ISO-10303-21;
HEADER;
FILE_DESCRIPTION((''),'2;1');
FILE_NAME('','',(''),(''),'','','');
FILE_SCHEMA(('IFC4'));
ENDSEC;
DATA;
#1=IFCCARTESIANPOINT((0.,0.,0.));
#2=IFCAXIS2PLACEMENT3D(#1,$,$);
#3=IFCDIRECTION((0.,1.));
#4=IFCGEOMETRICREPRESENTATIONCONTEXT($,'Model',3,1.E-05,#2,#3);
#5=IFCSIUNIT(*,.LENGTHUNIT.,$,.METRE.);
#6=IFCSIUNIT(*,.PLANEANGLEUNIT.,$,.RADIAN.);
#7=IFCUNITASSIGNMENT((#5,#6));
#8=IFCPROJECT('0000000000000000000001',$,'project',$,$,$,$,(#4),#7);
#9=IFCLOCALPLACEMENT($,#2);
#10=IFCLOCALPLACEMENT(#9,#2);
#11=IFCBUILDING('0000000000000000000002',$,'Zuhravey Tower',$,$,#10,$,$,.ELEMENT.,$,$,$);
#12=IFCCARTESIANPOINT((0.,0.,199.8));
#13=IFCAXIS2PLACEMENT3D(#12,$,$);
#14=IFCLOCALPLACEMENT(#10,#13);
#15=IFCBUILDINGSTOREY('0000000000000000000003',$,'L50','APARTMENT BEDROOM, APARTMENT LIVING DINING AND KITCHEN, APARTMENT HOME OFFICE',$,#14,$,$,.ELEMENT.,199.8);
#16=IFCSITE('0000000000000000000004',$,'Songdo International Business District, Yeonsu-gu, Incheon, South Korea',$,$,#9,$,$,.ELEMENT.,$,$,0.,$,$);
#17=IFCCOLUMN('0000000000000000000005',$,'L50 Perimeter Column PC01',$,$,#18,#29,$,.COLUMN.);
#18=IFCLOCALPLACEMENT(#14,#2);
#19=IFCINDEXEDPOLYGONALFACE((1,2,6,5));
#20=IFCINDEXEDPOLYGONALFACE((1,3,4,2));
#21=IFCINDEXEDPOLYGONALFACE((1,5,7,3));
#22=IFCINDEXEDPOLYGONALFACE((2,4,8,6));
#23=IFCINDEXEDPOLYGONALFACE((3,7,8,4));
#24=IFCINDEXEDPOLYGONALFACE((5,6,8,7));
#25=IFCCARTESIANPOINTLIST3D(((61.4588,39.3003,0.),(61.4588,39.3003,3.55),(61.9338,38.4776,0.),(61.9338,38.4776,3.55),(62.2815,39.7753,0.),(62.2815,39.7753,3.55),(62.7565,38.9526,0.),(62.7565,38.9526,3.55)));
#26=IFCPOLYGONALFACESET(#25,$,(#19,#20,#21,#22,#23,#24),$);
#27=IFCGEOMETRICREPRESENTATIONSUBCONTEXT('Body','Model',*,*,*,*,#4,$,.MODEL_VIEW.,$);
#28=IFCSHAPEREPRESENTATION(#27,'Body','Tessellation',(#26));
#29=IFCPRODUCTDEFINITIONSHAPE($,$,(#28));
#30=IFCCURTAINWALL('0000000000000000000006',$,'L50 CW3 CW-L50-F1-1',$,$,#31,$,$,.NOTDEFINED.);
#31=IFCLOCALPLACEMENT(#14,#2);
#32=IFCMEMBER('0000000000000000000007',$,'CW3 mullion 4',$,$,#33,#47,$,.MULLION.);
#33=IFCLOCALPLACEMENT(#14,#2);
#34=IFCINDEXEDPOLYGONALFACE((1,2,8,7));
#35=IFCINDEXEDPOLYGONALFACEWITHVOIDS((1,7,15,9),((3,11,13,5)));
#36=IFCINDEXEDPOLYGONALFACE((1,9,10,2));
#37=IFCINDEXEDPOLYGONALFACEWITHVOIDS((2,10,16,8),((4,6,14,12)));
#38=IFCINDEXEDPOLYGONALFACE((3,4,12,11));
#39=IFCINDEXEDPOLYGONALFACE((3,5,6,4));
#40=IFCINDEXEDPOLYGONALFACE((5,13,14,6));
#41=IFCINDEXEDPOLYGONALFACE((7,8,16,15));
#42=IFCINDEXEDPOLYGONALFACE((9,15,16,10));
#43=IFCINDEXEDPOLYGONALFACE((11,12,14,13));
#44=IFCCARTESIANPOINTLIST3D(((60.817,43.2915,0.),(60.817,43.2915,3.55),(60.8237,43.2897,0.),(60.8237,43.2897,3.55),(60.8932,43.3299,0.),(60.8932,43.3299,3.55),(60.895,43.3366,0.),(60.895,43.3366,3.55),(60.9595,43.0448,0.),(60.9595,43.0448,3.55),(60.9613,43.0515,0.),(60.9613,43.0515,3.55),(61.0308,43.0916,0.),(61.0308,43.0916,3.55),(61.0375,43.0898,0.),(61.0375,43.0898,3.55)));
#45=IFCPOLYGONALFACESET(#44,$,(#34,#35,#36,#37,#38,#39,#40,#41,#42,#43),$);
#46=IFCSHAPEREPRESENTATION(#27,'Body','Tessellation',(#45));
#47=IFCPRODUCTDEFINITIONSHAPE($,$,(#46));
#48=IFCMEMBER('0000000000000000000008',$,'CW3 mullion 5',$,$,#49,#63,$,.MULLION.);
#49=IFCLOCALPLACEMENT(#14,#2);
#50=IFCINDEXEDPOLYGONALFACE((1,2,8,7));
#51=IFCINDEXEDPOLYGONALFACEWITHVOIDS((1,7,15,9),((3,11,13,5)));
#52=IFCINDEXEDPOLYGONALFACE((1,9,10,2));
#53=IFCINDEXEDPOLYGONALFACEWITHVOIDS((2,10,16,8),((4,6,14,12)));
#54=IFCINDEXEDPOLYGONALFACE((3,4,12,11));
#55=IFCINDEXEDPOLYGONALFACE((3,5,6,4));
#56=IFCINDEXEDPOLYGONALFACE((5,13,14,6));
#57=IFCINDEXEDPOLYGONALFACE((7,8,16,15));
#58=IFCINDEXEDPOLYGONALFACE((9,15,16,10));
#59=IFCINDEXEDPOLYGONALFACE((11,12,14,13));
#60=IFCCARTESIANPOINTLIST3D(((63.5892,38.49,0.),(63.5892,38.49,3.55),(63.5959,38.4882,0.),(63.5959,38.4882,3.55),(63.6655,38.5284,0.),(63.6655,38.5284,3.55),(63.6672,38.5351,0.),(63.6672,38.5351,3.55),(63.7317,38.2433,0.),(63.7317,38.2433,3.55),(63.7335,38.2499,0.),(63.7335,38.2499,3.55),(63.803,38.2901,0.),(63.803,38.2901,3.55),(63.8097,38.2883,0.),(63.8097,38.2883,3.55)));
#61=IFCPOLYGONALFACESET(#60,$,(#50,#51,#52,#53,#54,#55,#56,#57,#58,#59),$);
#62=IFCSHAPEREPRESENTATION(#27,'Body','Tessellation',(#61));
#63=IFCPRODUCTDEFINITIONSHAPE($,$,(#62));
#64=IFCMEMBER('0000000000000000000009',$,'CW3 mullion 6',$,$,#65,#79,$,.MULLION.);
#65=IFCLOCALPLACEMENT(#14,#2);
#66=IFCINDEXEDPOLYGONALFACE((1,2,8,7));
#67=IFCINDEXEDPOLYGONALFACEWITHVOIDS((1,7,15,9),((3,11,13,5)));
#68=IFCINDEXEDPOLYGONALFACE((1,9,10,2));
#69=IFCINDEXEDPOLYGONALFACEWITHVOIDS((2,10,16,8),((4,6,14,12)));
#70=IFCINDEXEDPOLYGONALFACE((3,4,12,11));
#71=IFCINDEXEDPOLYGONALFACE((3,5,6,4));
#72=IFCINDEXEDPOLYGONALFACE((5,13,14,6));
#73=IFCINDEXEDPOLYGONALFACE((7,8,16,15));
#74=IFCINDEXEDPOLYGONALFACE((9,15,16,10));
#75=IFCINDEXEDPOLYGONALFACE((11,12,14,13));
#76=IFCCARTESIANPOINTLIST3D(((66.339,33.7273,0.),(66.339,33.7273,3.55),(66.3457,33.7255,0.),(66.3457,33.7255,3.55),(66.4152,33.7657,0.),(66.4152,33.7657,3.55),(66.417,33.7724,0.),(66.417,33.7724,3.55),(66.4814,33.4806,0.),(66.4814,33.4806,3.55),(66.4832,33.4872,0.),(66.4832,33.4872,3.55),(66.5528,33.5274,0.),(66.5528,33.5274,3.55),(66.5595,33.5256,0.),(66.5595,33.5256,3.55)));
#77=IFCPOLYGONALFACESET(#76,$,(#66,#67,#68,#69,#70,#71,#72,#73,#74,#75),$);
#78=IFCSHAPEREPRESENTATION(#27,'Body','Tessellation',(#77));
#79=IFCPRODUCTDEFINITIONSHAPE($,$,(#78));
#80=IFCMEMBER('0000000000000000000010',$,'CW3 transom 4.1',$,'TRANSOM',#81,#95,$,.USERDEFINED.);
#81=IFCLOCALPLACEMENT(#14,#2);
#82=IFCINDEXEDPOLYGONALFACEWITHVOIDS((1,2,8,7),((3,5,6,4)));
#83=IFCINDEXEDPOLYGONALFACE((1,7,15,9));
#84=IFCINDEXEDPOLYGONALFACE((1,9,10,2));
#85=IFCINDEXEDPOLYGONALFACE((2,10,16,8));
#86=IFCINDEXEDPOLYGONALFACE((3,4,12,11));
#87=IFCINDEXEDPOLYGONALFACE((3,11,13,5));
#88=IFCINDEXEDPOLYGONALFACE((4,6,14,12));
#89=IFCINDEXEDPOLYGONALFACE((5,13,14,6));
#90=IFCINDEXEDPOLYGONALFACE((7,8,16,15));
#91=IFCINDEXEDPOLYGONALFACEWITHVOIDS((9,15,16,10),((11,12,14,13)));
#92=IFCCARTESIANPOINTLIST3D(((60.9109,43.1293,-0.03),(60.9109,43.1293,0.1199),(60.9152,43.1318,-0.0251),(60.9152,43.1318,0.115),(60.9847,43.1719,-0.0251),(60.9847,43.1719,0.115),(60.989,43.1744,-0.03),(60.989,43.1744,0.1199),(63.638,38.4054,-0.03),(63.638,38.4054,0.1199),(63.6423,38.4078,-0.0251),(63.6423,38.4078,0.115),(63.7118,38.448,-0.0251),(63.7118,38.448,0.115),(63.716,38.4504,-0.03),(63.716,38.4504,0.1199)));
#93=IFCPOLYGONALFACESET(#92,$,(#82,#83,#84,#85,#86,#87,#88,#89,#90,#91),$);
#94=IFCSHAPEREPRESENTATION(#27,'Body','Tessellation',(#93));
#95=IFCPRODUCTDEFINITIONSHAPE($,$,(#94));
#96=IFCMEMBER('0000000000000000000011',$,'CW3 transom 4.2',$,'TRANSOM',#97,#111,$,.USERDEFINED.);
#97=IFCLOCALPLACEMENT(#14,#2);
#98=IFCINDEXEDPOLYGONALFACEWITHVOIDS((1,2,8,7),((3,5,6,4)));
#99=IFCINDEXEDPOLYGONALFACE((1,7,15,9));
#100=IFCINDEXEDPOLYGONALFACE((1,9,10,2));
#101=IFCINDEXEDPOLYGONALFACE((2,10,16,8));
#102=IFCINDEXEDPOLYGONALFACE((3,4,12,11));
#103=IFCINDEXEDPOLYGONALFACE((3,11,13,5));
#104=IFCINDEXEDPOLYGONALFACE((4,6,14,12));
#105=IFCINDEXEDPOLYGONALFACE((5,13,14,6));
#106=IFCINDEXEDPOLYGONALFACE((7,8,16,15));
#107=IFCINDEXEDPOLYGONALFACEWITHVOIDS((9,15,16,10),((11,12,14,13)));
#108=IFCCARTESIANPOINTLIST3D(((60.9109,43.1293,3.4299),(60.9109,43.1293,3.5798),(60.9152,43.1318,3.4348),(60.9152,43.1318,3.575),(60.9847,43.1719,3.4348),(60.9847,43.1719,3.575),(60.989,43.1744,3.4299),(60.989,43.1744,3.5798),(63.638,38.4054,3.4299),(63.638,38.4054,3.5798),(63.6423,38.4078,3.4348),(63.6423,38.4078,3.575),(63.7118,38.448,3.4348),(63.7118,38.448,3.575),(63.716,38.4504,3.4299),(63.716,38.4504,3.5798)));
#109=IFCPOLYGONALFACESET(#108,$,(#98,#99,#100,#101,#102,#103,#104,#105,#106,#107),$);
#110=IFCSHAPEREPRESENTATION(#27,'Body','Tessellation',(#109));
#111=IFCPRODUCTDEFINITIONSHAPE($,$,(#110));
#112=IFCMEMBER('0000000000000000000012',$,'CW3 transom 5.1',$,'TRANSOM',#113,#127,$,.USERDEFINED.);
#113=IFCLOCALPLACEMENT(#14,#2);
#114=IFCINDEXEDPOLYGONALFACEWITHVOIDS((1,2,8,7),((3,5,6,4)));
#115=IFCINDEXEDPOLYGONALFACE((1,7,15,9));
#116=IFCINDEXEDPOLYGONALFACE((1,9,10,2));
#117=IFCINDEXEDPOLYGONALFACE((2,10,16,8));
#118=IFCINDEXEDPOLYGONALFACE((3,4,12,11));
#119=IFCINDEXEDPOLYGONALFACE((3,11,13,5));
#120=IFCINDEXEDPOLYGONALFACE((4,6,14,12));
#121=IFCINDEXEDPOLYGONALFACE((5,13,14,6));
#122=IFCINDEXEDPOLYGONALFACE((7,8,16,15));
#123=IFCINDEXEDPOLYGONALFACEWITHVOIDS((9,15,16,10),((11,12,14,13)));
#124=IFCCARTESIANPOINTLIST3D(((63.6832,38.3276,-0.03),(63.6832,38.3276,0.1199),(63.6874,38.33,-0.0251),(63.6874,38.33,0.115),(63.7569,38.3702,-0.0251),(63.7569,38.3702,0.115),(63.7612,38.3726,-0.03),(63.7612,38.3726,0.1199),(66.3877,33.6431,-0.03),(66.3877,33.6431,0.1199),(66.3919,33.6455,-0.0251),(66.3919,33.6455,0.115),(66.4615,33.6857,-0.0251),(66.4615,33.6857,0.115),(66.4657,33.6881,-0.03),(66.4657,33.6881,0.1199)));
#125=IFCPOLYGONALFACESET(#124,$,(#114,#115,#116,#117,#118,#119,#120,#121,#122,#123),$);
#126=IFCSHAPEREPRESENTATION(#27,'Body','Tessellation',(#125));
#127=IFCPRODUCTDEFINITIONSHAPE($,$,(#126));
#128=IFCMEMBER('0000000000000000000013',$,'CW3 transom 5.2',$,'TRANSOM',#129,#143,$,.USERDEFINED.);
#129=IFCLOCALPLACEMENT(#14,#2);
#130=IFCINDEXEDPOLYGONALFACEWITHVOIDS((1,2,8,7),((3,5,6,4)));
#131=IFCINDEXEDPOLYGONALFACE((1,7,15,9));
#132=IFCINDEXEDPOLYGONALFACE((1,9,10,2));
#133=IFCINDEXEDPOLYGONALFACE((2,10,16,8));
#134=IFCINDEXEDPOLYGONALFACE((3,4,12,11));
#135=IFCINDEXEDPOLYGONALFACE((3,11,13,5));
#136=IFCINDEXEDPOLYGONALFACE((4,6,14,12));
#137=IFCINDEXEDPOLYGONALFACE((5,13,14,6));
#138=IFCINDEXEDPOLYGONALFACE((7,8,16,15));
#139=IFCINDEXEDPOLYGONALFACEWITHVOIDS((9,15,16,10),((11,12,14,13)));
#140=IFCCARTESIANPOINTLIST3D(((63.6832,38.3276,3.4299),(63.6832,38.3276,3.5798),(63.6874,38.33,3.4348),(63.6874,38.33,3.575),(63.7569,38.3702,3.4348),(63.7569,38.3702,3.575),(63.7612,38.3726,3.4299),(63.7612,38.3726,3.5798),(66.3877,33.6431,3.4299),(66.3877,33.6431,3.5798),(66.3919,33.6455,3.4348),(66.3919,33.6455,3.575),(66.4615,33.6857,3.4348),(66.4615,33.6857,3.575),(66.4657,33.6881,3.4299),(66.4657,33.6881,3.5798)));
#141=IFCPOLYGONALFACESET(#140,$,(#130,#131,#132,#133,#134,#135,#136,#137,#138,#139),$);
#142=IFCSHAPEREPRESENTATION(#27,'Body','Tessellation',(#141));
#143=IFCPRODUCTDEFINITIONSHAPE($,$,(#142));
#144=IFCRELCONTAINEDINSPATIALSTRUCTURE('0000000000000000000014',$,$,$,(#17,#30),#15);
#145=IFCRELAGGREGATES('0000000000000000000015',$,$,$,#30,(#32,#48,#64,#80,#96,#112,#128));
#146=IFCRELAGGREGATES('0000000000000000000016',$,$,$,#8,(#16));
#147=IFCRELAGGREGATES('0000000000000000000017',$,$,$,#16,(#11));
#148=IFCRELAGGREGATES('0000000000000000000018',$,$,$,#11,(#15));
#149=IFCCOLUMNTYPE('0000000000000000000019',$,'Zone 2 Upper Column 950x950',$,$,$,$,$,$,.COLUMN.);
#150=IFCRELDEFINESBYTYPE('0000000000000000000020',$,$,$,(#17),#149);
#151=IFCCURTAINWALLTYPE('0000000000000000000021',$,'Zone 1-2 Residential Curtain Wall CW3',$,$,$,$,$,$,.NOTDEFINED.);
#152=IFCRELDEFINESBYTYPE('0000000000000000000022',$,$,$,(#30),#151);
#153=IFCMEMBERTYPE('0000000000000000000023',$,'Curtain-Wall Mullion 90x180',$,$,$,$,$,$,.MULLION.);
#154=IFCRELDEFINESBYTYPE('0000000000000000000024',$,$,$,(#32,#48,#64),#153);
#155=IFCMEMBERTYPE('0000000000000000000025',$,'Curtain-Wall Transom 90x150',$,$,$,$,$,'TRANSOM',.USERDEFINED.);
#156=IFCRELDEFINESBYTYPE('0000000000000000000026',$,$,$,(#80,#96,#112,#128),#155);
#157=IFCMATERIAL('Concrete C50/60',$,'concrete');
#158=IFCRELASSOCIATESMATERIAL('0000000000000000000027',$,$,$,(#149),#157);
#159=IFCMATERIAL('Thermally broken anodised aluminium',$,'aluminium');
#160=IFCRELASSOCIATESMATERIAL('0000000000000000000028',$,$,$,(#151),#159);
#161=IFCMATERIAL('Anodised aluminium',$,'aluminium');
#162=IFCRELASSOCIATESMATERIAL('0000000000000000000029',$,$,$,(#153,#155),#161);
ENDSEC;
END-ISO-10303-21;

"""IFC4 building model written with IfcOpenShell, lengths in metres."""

from ifc_helpers import new_model, si_unit, direction, frame, origin, origin_2d, place, context, subcontext, project, spatial, rectangle, hollow_rectangle, extrude, material, material_profile, profile_set, type_object, element, aggregate, save


model = new_model("IFC4")

# Units and contexts
model_context = context("Model", 3, precision=1e-05, world=origin(), true_north=direction((0.0, 1.0)))
body_context = subcontext(model_context, "Body", "Model", "MODEL_VIEW")
ifc_project = project(units=[si_unit("LENGTHUNIT", "METRE"), si_unit("PLANEANGLEUNIT", "RADIAN")], contexts=[model_context])

# Site, building, storey
site_placement = place(None, origin())
site = spatial("IfcSite", under=ifc_project, at=site_placement, Name="Songdo International Business District, Yeonsu-gu, Incheon, South Korea", CompositionType="ELEMENT", RefElevation=0.0)
building_placement = place(site_placement, origin())
building = spatial("IfcBuilding", under=site, at=building_placement, Name="Zuhravey Tower", CompositionType="ELEMENT")
storey_placement = place(building_placement, frame((0.0, 0.0, 199.8)))
storey = spatial("IfcBuildingStorey", under=building, at=storey_placement, Name="L50", Description="APARTMENT BEDROOM, APARTMENT LIVING DINING AND KITCHEN, APARTMENT HOME OFFICE", CompositionType="ELEMENT", Elevation=199.8)

# Column
ifc_material_1 = material(Name="Concrete C50/60", Category="concrete")
ifc_material_profile_1 = material_profile(ifc_material_1, rectangle(XDim=0.95, YDim=0.95, at=origin_2d()), Name="RC-950x950")
ifc_profile_set_1 = profile_set([ifc_material_profile_1], Name="Concrete C50/60")
column_type = type_object("IfcColumnType", Name="Zone 2 Upper Column 950x950", PredefinedType="COLUMN", material=ifc_profile_set_1)
column_placement = place(storey_placement, frame((62.1077, 39.1265, 0.0), z_axis=(0.0, 0.0, 1.0), x_axis=(-0.5, 0.866025, 0.0)))
element("IfcColumn", 1, at=column_placement, inside=storey, type_object=column_type, Name="L50 Perimeter Column PC01", PredefinedType="COLUMN", context=body_context, shape_type="SweptSolid", body=[
    extrude(rectangle(XDim=0.95, YDim=0.95, at=origin_2d()), origin(), (0.0, 0.0, 1.0), 3.55),
])

# Curtain wall, members
ifc_material_2 = material(Name="Thermally broken anodised aluminium", Category="aluminium")
curtain_wall_type = type_object("IfcCurtainWallType", Name="Zone 1-2 Residential Curtain Wall CW3", PredefinedType="NOTDEFINED", material=ifc_material_2)
curtain_wall_placement = place(storey_placement, origin())
curtain_wall = element("IfcCurtainWall", 2, at=curtain_wall_placement, inside=storey, type_object=curtain_wall_type, Name="L50 CW3 CW-L50-F1-1", PredefinedType="NOTDEFINED")
ifc_material_3 = material(Name="Anodised aluminium", Category="aluminium")
ifc_material_profile_2 = material_profile(ifc_material_3, hollow_rectangle(XDim=0.0901, YDim=0.2849, WallThickness=0.0049, at=origin_2d()), Name="ALU-RHS-90x285x5")
ifc_profile_set_2 = profile_set([ifc_material_profile_2], Name="Anodised aluminium")
member_type_1 = type_object("IfcMemberType", Name="Curtain-Wall Mullion 90x180", PredefinedType="MULLION", material=ifc_profile_set_2)
member_1_placement = place(storey_placement, frame((60.9272, 43.1907, 0.0), z_axis=(0.0, 0.0, 1.0), x_axis=(0.866025, 0.5, 0.0)))
member_1 = element("IfcMember", 3, at=member_1_placement, type_object=member_type_1, Name="CW3 mullion 4", PredefinedType="MULLION", context=body_context, shape_type="SweptSolid", body=[
    extrude(hollow_rectangle(XDim=0.0901, YDim=0.2849, WallThickness=0.0049, at=origin_2d()), origin(), (0.0, 0.0, 1.0), 3.55),
])
member_2_placement = place(storey_placement, frame((63.6995, 38.3892, 0.0), z_axis=(0.0, 0.0, 1.0), x_axis=(0.866025, 0.5, 0.0)))
member_2 = element("IfcMember", 4, at=member_2_placement, type_object=member_type_1, Name="CW3 mullion 5", PredefinedType="MULLION", context=body_context, shape_type="SweptSolid", body=[
    extrude(hollow_rectangle(XDim=0.0901, YDim=0.2849, WallThickness=0.0049, at=origin_2d()), origin(), (0.0, 0.0, 1.0), 3.55),
])
member_3_placement = place(storey_placement, frame((66.4492, 33.6265, 0.0), z_axis=(0.0, 0.0, 1.0), x_axis=(0.866025, 0.5, 0.0)))
member_3 = element("IfcMember", 5, at=member_3_placement, type_object=member_type_1, Name="CW3 mullion 6", PredefinedType="MULLION", context=body_context, shape_type="SweptSolid", body=[
    extrude(hollow_rectangle(XDim=0.0901, YDim=0.2849, WallThickness=0.0049, at=origin_2d()), origin(), (0.0, 0.0, 1.0), 3.55),
])
ifc_material_profile_3 = material_profile(ifc_material_3, hollow_rectangle(XDim=0.0901, YDim=0.1499, WallThickness=0.0049, at=origin_2d()), Name="ALU-RHS-90x150x5")
ifc_profile_set_3 = profile_set([ifc_material_profile_3], Name="Anodised aluminium")
member_type_2 = type_object("IfcMemberType", Name="Curtain-Wall Transom 90x150", ElementType="TRANSOM", PredefinedType="USERDEFINED", material=ifc_profile_set_3)
member_4_placement = place(storey_placement, frame((60.95, 43.1519, 0.0449), z_axis=(0.499961, -0.866048, 0.0), x_axis=(0.866048, 0.499961, 0.0)))
member_4 = element("IfcMember", 6, at=member_4_placement, type_object=member_type_2, Name="CW3 transom 4.1", ObjectType="TRANSOM", PredefinedType="USERDEFINED", context=body_context, shape_type="SweptSolid", body=[
    extrude(hollow_rectangle(XDim=0.0901, YDim=0.1499, WallThickness=0.0049, at=origin_2d()), origin(), (0.0, 0.0, 1.0), 5.4546),
])
member_5_placement = place(storey_placement, frame((60.95, 43.1519, 3.5049), z_axis=(0.499961, -0.866048, 0.0), x_axis=(0.866048, 0.499961, 0.0)))
member_5 = element("IfcMember", 7, at=member_5_placement, type_object=member_type_2, Name="CW3 transom 4.2", ObjectType="TRANSOM", PredefinedType="USERDEFINED", context=body_context, shape_type="SweptSolid", body=[
    extrude(hollow_rectangle(XDim=0.0901, YDim=0.1499, WallThickness=0.0049, at=origin_2d()), origin(), (0.0, 0.0, 1.0), 5.4546),
])
member_6_placement = place(storey_placement, frame((63.7222, 38.3501, 0.0449), z_axis=(0.499993, -0.866029, 0.0), x_axis=(0.866029, 0.499993, 0.0)))
member_6 = element("IfcMember", 8, at=member_6_placement, type_object=member_type_2, Name="CW3 transom 5.1", ObjectType="TRANSOM", PredefinedType="USERDEFINED", context=body_context, shape_type="SweptSolid", body=[
    extrude(hollow_rectangle(XDim=0.0901, YDim=0.1499, WallThickness=0.0049, at=origin_2d()), origin(), (0.0, 0.0, 1.0), 5.4092),
])
member_7_placement = place(storey_placement, frame((63.7222, 38.3501, 3.5049), z_axis=(0.499993, -0.866029, 0.0), x_axis=(0.866029, 0.499993, 0.0)))
member_7 = element("IfcMember", 9, at=member_7_placement, type_object=member_type_2, Name="CW3 transom 5.2", ObjectType="TRANSOM", PredefinedType="USERDEFINED", context=body_context, shape_type="SweptSolid", body=[
    extrude(hollow_rectangle(XDim=0.0901, YDim=0.1499, WallThickness=0.0049, at=origin_2d()), origin(), (0.0, 0.0, 1.0), 5.4092),
])

aggregate(curtain_wall, [member_1, member_2, member_3, member_4, member_5, member_6, member_7])

save(model, "model.ifc")
